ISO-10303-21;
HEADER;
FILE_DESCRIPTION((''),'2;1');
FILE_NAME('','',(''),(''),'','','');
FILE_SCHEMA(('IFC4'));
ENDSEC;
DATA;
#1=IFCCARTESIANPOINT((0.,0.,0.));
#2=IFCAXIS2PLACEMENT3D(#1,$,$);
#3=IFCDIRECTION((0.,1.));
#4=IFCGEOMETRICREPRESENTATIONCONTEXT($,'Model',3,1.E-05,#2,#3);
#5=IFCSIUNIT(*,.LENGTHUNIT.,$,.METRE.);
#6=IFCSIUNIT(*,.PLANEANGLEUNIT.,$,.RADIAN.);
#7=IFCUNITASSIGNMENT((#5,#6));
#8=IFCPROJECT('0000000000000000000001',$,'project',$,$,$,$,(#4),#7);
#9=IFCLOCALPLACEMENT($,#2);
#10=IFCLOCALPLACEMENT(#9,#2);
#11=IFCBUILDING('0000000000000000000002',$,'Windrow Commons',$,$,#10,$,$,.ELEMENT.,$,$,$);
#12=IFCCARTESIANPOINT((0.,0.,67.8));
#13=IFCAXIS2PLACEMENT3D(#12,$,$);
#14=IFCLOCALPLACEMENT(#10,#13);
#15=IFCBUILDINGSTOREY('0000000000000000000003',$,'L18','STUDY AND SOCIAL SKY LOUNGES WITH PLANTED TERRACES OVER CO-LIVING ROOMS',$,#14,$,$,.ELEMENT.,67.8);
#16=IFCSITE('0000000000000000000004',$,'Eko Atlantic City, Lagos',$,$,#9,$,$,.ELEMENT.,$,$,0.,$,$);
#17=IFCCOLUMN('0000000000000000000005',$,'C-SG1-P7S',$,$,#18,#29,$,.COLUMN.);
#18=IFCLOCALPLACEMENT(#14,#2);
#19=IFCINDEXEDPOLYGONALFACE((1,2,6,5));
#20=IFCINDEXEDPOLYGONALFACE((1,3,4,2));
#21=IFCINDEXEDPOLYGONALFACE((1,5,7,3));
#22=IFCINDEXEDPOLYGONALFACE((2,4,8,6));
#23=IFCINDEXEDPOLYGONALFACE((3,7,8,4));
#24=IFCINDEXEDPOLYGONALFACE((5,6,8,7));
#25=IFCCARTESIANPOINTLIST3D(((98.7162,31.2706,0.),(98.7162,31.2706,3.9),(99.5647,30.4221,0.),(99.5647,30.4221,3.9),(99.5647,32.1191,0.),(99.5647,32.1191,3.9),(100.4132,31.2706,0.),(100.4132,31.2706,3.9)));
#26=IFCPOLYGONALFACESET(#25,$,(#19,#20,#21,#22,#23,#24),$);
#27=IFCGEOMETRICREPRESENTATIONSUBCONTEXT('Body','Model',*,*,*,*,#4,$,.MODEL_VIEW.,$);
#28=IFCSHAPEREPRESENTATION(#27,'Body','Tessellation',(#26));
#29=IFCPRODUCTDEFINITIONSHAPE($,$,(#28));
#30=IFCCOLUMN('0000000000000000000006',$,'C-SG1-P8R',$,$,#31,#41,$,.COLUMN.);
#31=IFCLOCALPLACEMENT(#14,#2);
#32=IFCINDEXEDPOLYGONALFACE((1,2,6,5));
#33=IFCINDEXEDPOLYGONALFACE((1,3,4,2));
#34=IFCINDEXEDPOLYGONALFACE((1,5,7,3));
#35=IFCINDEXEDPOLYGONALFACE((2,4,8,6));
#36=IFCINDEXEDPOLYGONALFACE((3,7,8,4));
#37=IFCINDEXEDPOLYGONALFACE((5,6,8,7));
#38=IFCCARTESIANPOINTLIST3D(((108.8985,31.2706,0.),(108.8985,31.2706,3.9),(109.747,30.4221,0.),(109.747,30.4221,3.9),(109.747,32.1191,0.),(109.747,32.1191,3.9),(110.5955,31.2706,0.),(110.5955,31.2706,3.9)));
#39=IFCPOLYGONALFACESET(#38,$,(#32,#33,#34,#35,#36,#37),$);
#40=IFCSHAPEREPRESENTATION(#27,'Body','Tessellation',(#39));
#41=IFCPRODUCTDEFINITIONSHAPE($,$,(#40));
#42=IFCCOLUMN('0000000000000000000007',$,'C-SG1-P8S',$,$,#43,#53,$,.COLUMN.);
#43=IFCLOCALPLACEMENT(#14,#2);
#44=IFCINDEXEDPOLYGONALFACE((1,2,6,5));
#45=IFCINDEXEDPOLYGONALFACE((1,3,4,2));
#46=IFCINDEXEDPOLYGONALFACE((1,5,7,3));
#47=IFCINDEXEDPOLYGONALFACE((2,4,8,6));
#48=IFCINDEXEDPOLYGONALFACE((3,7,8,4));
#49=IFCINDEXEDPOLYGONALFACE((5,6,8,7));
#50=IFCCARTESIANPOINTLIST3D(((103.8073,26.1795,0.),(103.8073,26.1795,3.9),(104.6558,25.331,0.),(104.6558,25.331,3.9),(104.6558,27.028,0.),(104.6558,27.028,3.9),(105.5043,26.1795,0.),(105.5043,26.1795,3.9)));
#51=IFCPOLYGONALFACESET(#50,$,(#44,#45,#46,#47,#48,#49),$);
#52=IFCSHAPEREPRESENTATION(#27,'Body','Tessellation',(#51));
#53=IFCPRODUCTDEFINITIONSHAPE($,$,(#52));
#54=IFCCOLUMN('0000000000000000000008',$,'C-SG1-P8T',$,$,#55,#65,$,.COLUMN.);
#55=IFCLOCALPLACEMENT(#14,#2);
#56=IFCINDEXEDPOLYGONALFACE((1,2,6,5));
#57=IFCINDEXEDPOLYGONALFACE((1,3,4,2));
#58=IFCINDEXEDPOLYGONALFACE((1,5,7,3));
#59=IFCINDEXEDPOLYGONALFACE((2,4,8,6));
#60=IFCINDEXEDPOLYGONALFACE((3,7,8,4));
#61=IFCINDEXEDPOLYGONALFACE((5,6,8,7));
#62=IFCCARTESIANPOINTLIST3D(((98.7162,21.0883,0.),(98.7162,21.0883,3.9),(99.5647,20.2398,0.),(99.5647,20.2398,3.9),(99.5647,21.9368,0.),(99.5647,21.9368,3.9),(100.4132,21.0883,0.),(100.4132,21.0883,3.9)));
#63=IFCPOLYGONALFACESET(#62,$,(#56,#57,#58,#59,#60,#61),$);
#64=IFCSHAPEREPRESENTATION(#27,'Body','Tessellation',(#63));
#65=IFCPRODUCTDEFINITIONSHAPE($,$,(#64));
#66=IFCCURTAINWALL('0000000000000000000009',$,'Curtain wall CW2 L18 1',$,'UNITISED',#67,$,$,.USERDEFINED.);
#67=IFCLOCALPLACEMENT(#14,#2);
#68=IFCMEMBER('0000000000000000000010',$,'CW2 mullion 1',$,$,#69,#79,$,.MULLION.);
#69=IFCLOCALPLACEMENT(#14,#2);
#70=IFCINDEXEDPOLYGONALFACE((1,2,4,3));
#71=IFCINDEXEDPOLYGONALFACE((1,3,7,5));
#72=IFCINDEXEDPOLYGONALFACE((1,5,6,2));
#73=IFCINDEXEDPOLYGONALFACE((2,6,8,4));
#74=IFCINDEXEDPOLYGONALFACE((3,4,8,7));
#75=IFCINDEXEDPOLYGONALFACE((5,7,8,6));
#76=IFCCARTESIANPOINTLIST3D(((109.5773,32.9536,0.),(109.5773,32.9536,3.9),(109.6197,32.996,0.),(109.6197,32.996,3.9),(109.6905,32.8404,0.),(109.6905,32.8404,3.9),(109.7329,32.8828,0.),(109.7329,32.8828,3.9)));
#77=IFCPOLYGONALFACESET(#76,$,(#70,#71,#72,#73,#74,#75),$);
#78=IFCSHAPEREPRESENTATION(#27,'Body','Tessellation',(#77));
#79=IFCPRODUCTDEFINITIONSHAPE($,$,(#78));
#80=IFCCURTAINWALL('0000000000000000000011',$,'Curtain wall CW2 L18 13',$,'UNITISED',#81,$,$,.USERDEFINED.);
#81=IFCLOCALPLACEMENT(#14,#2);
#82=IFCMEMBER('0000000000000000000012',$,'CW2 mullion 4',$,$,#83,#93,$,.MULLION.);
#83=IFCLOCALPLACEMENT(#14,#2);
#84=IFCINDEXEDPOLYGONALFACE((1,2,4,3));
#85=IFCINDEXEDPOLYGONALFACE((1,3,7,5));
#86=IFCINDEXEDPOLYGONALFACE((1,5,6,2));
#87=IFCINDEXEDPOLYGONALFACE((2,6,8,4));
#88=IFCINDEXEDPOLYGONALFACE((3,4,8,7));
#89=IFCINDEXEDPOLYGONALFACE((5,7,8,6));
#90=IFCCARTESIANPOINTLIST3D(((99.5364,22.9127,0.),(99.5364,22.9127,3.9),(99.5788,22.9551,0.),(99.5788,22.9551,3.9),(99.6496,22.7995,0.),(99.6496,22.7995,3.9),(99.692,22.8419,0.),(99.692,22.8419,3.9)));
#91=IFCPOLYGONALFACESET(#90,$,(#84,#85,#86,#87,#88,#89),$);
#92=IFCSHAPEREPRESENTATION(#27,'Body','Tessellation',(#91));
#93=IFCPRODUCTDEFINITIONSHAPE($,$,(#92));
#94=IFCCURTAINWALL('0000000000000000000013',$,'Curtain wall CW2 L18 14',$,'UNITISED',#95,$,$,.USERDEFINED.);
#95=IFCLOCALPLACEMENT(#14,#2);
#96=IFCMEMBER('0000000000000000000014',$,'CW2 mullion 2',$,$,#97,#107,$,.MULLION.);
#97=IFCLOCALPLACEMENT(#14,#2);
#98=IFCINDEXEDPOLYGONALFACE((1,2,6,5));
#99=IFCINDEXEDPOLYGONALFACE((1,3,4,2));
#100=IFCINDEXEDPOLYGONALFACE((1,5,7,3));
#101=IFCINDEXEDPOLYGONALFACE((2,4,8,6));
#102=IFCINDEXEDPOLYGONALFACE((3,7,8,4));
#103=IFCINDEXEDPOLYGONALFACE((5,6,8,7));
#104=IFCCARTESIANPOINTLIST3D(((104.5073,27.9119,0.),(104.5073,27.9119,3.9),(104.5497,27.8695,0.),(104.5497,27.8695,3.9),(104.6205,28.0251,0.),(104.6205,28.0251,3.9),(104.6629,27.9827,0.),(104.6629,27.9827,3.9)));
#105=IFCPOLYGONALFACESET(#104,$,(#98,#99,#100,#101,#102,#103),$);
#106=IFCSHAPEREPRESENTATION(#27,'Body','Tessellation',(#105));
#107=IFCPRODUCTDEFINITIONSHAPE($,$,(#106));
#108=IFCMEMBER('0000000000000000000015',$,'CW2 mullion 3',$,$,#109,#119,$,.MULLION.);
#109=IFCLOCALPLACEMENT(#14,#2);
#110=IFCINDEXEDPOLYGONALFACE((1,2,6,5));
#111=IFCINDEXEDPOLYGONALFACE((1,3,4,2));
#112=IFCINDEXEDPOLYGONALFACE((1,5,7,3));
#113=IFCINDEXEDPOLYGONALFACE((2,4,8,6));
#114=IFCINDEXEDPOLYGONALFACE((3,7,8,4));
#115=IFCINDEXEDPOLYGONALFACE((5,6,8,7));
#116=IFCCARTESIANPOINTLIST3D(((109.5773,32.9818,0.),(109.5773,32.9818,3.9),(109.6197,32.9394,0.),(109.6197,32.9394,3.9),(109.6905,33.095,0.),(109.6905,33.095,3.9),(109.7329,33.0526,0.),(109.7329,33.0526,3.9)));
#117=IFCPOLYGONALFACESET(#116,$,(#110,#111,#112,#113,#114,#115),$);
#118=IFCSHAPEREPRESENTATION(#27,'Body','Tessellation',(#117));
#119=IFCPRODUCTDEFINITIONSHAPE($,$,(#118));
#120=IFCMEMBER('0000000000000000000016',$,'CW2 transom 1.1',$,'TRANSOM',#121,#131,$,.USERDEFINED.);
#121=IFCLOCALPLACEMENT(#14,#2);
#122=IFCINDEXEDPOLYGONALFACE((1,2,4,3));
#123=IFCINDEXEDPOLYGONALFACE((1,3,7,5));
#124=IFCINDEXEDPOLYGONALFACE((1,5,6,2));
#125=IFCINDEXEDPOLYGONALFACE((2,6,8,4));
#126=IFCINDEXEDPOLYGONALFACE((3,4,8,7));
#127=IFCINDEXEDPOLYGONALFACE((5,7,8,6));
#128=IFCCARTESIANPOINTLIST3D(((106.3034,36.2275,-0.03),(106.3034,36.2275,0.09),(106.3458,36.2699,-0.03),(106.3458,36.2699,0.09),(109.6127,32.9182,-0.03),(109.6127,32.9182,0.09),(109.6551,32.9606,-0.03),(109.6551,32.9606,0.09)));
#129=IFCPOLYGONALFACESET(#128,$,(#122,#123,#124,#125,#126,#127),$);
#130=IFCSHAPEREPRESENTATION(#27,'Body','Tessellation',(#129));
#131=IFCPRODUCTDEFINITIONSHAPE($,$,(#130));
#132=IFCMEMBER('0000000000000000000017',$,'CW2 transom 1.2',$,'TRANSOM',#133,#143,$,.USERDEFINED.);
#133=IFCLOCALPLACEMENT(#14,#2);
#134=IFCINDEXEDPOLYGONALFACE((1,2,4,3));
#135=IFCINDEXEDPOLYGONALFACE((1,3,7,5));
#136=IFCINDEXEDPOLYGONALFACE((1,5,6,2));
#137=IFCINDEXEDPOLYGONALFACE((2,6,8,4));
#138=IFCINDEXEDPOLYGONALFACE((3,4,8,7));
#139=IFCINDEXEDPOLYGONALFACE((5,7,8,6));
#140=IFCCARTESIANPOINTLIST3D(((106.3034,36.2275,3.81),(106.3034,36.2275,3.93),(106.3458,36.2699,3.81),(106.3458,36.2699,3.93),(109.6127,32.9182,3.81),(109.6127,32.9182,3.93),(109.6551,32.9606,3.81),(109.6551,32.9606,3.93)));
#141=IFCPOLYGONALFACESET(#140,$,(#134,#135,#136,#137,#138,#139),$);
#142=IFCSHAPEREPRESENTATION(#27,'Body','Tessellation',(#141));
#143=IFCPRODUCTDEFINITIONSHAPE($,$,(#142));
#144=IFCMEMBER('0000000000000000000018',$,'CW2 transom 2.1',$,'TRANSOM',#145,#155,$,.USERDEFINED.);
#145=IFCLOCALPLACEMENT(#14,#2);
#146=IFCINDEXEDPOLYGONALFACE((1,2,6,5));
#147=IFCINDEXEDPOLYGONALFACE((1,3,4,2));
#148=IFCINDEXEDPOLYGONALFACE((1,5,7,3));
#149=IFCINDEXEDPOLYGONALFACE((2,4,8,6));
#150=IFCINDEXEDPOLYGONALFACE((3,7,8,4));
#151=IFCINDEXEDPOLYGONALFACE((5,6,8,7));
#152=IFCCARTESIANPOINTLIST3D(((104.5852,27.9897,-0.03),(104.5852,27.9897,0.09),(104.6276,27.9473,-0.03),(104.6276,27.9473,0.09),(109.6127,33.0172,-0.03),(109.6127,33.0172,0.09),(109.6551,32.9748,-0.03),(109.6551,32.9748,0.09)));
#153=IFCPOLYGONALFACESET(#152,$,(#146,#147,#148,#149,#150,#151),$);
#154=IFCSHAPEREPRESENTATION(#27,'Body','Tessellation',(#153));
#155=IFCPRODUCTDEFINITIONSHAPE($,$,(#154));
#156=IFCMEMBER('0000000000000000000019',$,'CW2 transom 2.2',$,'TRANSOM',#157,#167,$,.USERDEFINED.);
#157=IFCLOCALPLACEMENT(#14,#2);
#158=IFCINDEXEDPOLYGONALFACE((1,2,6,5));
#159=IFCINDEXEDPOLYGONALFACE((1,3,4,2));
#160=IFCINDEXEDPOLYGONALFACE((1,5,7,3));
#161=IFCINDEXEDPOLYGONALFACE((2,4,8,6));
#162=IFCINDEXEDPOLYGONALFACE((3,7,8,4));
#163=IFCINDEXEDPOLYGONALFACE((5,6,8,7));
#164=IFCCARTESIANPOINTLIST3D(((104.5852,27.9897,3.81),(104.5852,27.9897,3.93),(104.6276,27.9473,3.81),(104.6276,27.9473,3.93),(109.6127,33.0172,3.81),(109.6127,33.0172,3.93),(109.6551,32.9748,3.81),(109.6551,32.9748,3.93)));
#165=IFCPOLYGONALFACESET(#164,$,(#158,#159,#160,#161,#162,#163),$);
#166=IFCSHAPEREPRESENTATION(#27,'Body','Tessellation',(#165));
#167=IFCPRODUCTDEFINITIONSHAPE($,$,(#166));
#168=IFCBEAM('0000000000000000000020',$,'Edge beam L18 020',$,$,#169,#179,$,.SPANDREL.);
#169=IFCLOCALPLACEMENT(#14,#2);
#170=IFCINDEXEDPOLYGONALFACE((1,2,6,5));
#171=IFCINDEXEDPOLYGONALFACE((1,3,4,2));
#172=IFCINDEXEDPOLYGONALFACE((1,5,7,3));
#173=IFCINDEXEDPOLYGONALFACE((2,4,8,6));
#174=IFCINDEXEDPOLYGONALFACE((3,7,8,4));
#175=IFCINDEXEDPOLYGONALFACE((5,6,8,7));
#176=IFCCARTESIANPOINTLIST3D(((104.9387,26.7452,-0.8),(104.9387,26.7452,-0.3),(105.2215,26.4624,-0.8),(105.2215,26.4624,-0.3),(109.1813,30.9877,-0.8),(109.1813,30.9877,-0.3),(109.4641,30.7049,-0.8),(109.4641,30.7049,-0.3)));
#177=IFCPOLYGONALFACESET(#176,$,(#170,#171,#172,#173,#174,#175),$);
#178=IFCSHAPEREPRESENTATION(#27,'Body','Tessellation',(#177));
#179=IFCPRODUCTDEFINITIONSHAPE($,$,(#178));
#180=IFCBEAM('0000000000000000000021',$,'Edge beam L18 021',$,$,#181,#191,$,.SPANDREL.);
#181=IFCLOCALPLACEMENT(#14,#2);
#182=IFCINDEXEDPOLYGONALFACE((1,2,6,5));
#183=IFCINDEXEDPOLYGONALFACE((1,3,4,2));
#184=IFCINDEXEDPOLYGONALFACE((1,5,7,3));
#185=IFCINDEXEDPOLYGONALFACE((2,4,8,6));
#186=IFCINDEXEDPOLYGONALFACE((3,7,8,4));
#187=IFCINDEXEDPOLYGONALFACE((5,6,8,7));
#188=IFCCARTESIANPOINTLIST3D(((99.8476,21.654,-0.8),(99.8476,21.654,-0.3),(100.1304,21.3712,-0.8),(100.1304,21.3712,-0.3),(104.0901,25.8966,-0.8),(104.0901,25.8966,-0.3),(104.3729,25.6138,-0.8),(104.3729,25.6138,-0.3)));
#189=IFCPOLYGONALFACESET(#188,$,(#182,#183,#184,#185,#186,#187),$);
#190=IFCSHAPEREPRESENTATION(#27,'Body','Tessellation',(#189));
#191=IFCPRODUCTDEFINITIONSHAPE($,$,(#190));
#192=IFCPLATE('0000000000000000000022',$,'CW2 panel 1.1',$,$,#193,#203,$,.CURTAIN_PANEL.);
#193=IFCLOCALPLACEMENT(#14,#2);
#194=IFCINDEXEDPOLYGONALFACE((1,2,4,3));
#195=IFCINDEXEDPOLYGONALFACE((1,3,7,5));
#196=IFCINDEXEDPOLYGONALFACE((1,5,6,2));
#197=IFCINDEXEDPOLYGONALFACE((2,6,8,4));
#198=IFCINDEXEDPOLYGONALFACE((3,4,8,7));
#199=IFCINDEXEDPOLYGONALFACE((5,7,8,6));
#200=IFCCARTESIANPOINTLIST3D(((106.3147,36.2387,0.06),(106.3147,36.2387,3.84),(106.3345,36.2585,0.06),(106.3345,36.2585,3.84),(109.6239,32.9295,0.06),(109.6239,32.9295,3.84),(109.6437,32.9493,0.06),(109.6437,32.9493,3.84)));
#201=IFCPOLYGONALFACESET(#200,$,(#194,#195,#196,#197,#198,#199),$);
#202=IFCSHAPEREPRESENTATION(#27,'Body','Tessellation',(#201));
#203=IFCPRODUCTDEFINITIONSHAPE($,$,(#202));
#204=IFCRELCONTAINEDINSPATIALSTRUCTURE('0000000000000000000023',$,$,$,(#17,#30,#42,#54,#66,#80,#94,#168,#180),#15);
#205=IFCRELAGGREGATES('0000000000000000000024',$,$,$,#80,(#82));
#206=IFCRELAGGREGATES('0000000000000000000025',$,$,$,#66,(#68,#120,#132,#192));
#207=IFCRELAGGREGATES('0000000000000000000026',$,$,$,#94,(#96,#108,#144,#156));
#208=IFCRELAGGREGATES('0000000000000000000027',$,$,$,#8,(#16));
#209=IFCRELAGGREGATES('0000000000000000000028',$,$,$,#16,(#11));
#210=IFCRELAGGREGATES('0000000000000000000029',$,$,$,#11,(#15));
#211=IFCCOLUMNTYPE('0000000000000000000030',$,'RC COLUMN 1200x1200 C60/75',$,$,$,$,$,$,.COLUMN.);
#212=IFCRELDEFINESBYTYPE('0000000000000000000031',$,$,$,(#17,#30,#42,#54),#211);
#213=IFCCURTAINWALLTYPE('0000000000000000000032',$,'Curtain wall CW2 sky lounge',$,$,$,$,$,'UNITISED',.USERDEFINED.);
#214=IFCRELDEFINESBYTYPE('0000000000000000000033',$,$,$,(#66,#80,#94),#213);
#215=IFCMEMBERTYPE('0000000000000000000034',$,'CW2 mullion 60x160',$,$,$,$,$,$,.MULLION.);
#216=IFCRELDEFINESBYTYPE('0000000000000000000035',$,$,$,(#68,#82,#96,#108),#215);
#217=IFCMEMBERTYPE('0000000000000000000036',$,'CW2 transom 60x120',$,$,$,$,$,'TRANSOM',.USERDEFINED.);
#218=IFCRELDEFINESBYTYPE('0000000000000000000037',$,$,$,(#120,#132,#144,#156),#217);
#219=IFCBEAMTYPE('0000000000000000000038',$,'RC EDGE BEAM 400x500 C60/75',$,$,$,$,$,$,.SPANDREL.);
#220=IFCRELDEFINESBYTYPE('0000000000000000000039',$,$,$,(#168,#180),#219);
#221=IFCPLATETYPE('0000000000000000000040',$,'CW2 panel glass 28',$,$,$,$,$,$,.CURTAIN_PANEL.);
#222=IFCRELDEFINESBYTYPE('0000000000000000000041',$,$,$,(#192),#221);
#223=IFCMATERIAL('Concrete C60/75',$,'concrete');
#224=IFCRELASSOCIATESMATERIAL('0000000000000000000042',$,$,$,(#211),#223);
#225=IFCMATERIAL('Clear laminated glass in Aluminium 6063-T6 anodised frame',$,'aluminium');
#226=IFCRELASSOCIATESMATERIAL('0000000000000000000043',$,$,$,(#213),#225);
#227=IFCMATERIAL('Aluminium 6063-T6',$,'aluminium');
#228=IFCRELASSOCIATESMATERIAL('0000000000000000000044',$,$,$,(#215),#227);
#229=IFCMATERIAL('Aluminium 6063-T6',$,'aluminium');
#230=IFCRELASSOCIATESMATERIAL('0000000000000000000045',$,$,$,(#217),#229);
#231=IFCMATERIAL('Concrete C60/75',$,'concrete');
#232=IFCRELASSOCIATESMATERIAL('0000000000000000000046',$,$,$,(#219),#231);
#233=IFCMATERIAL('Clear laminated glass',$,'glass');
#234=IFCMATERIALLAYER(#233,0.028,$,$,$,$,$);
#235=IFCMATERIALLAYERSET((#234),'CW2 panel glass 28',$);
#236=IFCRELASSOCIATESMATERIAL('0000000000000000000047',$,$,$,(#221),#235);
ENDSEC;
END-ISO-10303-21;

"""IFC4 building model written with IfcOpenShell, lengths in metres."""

from ifc_helpers import new_model, si_unit, direction, frame, origin, origin_2d, place, context, subcontext, project, spatial, rectangle, extrude, material, layer, layer_set, material_profile, profile_set, type_object, element, aggregate, save


model = new_model("IFC4")

# Units and contexts
model_context = context("Model", 3, precision=1e-05, world=origin(), true_north=direction((0.0, 1.0)))
body_context = subcontext(model_context, "Body", "Model", "MODEL_VIEW")
ifc_project = project(units=[si_unit("LENGTHUNIT", "METRE"), si_unit("PLANEANGLEUNIT", "RADIAN")], contexts=[model_context])

# Site, building, storey
site_placement = place(None, origin())
site = spatial("IfcSite", under=ifc_project, at=site_placement, Name="Eko Atlantic City, Lagos", CompositionType="ELEMENT", RefElevation=0.0)
building_placement = place(site_placement, origin())
building = spatial("IfcBuilding", under=site, at=building_placement, Name="Windrow Commons", CompositionType="ELEMENT")
storey_placement = place(building_placement, frame((0.0, 0.0, 67.8)))
storey = spatial("IfcBuildingStorey", under=building, at=storey_placement, Name="L18", Description="STUDY AND SOCIAL SKY LOUNGES WITH PLANTED TERRACES OVER CO-LIVING ROOMS", CompositionType="ELEMENT", Elevation=67.8)

# Columns
ifc_material_1 = material(Name="Concrete C60/75", Category="concrete")
ifc_material_profile_1 = material_profile(ifc_material_1, rectangle(XDim=1.2, YDim=1.2, at=origin_2d()))
ifc_profile_set_1 = profile_set([ifc_material_profile_1], Name="Concrete C60/75")
column_type = type_object("IfcColumnType", Name="RC COLUMN 1200x1200 C60/75", PredefinedType="COLUMN", material=ifc_profile_set_1)
for number, where, z_axis, x_axis, name in (
    (1, (99.5647, 31.2706, 0.0), (0.0, 0.0, 1.0), (0.707107, -0.707107, 0.0), "C-SG1-P7S"),
    (2, (109.747, 31.2706, 0.0), (0.0, 0.0, 1.0), (0.707107, -0.707107, 0.0), "C-SG1-P8R"),
    (3, (104.6558, 26.1795, 0.0), (0.0, 0.0, 1.0), (0.707107, -0.707107, 0.0), "C-SG1-P8S"),
    (4, (99.5647, 21.0883, 0.0), (0.0, 0.0, 1.0), (0.707107, -0.707107, 0.0), "C-SG1-P8T"),
):
    element("IfcColumn", number, at=place(storey_placement, frame(where, z_axis=z_axis, x_axis=x_axis)), inside=storey, type_object=column_type, Name=name, PredefinedType="COLUMN", context=body_context, shape_type="SweptSolid", body=[
        extrude(rectangle(XDim=1.2, YDim=1.2, at=origin_2d()), origin(), (0.0, 0.0, 1.0), 3.9),
    ])

# Curtain walls, members
ifc_material_2 = material(Name="Clear laminated glass in Aluminium 6063-T6 anodised frame", Category="aluminium")
curtain_wall_type = type_object("IfcCurtainWallType", Name="Curtain wall CW2 sky lounge", ElementType="UNITISED", PredefinedType="USERDEFINED", material=ifc_material_2)
placement = place(storey_placement, origin())
curtain_wall_1 = element("IfcCurtainWall", 5, at=placement, inside=storey, type_object=curtain_wall_type, Name="Curtain wall CW2 L18 1", ObjectType="UNITISED", PredefinedType="USERDEFINED")
ifc_material_3 = material(Name="Aluminium 6063-T6", Category="aluminium")
ifc_material_profile_2 = material_profile(ifc_material_3, rectangle(XDim=0.06, YDim=0.16, at=origin_2d()))
ifc_profile_set_2 = profile_set([ifc_material_profile_2], Name="Aluminium 6063-T6")
member_type_1 = type_object("IfcMemberType", Name="CW2 mullion 60x160", PredefinedType="MULLION", material=ifc_profile_set_2)
member_1_placement = place(storey_placement, frame((109.6551, 32.9182, 0.0), z_axis=(0.0, 0.0, 1.0), x_axis=(-0.707107, -0.707107, 0.0)))
member_1 = element("IfcMember", 6, at=member_1_placement, type_object=member_type_1, Name="CW2 mullion 1", PredefinedType="MULLION", context=body_context, shape_type="SweptSolid", body=[
    extrude(rectangle(XDim=0.06, YDim=0.16, at=origin_2d()), origin(), (0.0, 0.0, 1.0), 3.9),
])
curtain_wall_2 = element("IfcCurtainWall", 7, at=placement, inside=storey, type_object=curtain_wall_type, Name="Curtain wall CW2 L18 13", ObjectType="UNITISED", PredefinedType="USERDEFINED")
member_2_placement = place(storey_placement, frame((99.6142, 22.8773, 0.0), z_axis=(0.0, 0.0, 1.0), x_axis=(0.707105, 0.707108, 0.0)))
member_2 = element("IfcMember", 8, at=member_2_placement, type_object=member_type_1, Name="CW2 mullion 4", PredefinedType="MULLION", context=body_context, shape_type="SweptSolid", body=[
    extrude(rectangle(XDim=0.06, YDim=0.16, at=origin_2d()), origin(), (0.0, 0.0, 1.0), 3.9),
])
aggregate(curtain_wall_2, [member_2])

# Curtain wall, members
curtain_wall_3 = element("IfcCurtainWall", 9, at=placement, inside=storey, type_object=curtain_wall_type, Name="Curtain wall CW2 L18 14", ObjectType="UNITISED", PredefinedType="USERDEFINED")
member_3_placement = place(storey_placement, frame((104.5851, 27.9473, 0.0), z_axis=(0.0, 0.0, 1.0), x_axis=(-0.707107, 0.707107, 0.0)))
member_3 = element("IfcMember", 10, at=member_3_placement, type_object=member_type_1, Name="CW2 mullion 2", PredefinedType="MULLION", context=body_context, shape_type="SweptSolid", body=[
    extrude(rectangle(XDim=0.06, YDim=0.16, at=origin_2d()), origin(), (0.0, 0.0, 1.0), 3.9),
])
member_4_placement = place(storey_placement, frame((109.6551, 33.0172, 0.0), z_axis=(0.0, 0.0, 1.0), x_axis=(-0.707107, 0.707107, 0.0)))
member_4 = element("IfcMember", 11, at=member_4_placement, type_object=member_type_1, Name="CW2 mullion 3", PredefinedType="MULLION", context=body_context, shape_type="SweptSolid", body=[
    extrude(rectangle(XDim=0.06, YDim=0.16, at=origin_2d()), origin(), (0.0, 0.0, 1.0), 3.9),
])

# Members
ifc_material_4 = material(Name="Aluminium 6063-T6", Category="aluminium")
ifc_material_profile_3 = material_profile(ifc_material_4, rectangle(XDim=0.06, YDim=0.12, at=origin_2d()))
ifc_profile_set_3 = profile_set([ifc_material_profile_3], Name="Aluminium 6063-T6")
member_type_2 = type_object("IfcMemberType", Name="CW2 transom 60x120", ElementType="TRANSOM", PredefinedType="USERDEFINED", material=ifc_profile_set_3)
member_5_placement = place(storey_placement, frame((109.6339, 32.9394, 0.03), z_axis=(-0.707107, 0.707107, 0.0), x_axis=(-0.707107, -0.707107, 0.0)))
member_5 = element("IfcMember", 12, at=member_5_placement, type_object=member_type_2, Name="CW2 transom 1.1", ObjectType="TRANSOM", PredefinedType="USERDEFINED", context=body_context, shape_type="SweptSolid", body=[
    extrude(rectangle(XDim=0.06, YDim=0.12, at=origin_2d()), origin(), (0.0, 0.0, 1.0), 4.6801),
])
member_6_placement = place(storey_placement, frame((109.6339, 32.9394, 3.87), z_axis=(-0.707107, 0.707107, 0.0), x_axis=(-0.707107, -0.707107, 0.0)))
member_6 = element("IfcMember", 13, at=member_6_placement, type_object=member_type_2, Name="CW2 transom 1.2", ObjectType="TRANSOM", PredefinedType="USERDEFINED", context=body_context, shape_type="SweptSolid", body=[
    extrude(rectangle(XDim=0.06, YDim=0.12, at=origin_2d()), origin(), (0.0, 0.0, 1.0), 4.6801),
])
member_7_placement = place(storey_placement, frame((104.6064, 27.9685, 0.03), z_axis=(0.707107, 0.707107, 0.0), x_axis=(-0.707107, 0.707107, 0.0)))
member_7 = element("IfcMember", 14, at=member_7_placement, type_object=member_type_2, Name="CW2 transom 2.1", ObjectType="TRANSOM", PredefinedType="USERDEFINED", context=body_context, shape_type="SweptSolid", body=[
    extrude(rectangle(XDim=0.06, YDim=0.12, at=origin_2d()), origin(), (0.0, 0.0, 1.0), 7.11),
])
member_8_placement = place(storey_placement, frame((104.6064, 27.9685, 3.87), z_axis=(0.707107, 0.707107, 0.0), x_axis=(-0.707107, 0.707107, 0.0)))
member_8 = element("IfcMember", 15, at=member_8_placement, type_object=member_type_2, Name="CW2 transom 2.2", ObjectType="TRANSOM", PredefinedType="USERDEFINED", context=body_context, shape_type="SweptSolid", body=[
    extrude(rectangle(XDim=0.06, YDim=0.12, at=origin_2d()), origin(), (0.0, 0.0, 1.0), 7.11),
])

# Beams
ifc_material_5 = material(Name="Concrete C60/75", Category="concrete")
ifc_material_profile_4 = material_profile(ifc_material_5, rectangle(XDim=0.4, YDim=0.5, at=origin_2d()))
ifc_profile_set_4 = profile_set([ifc_material_profile_4], Name="Concrete C60/75")
beam_type = type_object("IfcBeamType", Name="RC EDGE BEAM 400x500 C60/75", PredefinedType="SPANDREL", material=ifc_profile_set_4)
for number, where, z_axis, x_axis, name in (
    (16, (109.3227, 30.8463, -0.55), (-0.707115, -0.707098, 0.0), (0.707098, -0.707115, 0.0), "Edge beam L18 020"),
    (17, (104.2315, 25.7552, -0.55), (-0.707098, -0.707115, 0.0), (0.707115, -0.707098, 0.0), "Edge beam L18 021"),
):
    element("IfcBeam", number, at=place(storey_placement, frame(where, z_axis=z_axis, x_axis=x_axis)), inside=storey, type_object=beam_type, Name=name, PredefinedType="SPANDREL", context=body_context, shape_type="SweptSolid", body=[
        extrude(rectangle(XDim=0.4, YDim=0.5, at=origin_2d()), origin(), (0.0, 0.0, 1.0), 5.9999),
    ])

# Plate
ifc_material_6 = material(Name="Clear laminated glass", Category="glass")
ifc_layer_1 = layer(ifc_material_6, 0.028)
ifc_layer_set_1 = layer_set([ifc_layer_1], Name="CW2 panel glass 28")
plate_type = type_object("IfcPlateType", Name="CW2 panel glass 28", PredefinedType="CURTAIN_PANEL", material=ifc_layer_set_1)
plate_1_placement = place(storey_placement, frame((107.9792, 34.594, 0.06), z_axis=(0.0, 0.0, 1.0), x_axis=(-0.707107, 0.707107, 0.0)))
plate_1 = element("IfcPlate", 18, at=plate_1_placement, type_object=plate_type, Name="CW2 panel 1.1", PredefinedType="CURTAIN_PANEL", context=body_context, shape_type="SweptSolid", body=[
    extrude(rectangle(XDim=4.68, YDim=0.028, at=origin_2d()), origin(), (0.0, 0.0, 1.0), 3.78),
])
aggregate(curtain_wall_1, [member_1, member_5, member_6, plate_1])
aggregate(curtain_wall_3, [member_3, member_4, member_7, member_8])

save(model, "model.ifc")
